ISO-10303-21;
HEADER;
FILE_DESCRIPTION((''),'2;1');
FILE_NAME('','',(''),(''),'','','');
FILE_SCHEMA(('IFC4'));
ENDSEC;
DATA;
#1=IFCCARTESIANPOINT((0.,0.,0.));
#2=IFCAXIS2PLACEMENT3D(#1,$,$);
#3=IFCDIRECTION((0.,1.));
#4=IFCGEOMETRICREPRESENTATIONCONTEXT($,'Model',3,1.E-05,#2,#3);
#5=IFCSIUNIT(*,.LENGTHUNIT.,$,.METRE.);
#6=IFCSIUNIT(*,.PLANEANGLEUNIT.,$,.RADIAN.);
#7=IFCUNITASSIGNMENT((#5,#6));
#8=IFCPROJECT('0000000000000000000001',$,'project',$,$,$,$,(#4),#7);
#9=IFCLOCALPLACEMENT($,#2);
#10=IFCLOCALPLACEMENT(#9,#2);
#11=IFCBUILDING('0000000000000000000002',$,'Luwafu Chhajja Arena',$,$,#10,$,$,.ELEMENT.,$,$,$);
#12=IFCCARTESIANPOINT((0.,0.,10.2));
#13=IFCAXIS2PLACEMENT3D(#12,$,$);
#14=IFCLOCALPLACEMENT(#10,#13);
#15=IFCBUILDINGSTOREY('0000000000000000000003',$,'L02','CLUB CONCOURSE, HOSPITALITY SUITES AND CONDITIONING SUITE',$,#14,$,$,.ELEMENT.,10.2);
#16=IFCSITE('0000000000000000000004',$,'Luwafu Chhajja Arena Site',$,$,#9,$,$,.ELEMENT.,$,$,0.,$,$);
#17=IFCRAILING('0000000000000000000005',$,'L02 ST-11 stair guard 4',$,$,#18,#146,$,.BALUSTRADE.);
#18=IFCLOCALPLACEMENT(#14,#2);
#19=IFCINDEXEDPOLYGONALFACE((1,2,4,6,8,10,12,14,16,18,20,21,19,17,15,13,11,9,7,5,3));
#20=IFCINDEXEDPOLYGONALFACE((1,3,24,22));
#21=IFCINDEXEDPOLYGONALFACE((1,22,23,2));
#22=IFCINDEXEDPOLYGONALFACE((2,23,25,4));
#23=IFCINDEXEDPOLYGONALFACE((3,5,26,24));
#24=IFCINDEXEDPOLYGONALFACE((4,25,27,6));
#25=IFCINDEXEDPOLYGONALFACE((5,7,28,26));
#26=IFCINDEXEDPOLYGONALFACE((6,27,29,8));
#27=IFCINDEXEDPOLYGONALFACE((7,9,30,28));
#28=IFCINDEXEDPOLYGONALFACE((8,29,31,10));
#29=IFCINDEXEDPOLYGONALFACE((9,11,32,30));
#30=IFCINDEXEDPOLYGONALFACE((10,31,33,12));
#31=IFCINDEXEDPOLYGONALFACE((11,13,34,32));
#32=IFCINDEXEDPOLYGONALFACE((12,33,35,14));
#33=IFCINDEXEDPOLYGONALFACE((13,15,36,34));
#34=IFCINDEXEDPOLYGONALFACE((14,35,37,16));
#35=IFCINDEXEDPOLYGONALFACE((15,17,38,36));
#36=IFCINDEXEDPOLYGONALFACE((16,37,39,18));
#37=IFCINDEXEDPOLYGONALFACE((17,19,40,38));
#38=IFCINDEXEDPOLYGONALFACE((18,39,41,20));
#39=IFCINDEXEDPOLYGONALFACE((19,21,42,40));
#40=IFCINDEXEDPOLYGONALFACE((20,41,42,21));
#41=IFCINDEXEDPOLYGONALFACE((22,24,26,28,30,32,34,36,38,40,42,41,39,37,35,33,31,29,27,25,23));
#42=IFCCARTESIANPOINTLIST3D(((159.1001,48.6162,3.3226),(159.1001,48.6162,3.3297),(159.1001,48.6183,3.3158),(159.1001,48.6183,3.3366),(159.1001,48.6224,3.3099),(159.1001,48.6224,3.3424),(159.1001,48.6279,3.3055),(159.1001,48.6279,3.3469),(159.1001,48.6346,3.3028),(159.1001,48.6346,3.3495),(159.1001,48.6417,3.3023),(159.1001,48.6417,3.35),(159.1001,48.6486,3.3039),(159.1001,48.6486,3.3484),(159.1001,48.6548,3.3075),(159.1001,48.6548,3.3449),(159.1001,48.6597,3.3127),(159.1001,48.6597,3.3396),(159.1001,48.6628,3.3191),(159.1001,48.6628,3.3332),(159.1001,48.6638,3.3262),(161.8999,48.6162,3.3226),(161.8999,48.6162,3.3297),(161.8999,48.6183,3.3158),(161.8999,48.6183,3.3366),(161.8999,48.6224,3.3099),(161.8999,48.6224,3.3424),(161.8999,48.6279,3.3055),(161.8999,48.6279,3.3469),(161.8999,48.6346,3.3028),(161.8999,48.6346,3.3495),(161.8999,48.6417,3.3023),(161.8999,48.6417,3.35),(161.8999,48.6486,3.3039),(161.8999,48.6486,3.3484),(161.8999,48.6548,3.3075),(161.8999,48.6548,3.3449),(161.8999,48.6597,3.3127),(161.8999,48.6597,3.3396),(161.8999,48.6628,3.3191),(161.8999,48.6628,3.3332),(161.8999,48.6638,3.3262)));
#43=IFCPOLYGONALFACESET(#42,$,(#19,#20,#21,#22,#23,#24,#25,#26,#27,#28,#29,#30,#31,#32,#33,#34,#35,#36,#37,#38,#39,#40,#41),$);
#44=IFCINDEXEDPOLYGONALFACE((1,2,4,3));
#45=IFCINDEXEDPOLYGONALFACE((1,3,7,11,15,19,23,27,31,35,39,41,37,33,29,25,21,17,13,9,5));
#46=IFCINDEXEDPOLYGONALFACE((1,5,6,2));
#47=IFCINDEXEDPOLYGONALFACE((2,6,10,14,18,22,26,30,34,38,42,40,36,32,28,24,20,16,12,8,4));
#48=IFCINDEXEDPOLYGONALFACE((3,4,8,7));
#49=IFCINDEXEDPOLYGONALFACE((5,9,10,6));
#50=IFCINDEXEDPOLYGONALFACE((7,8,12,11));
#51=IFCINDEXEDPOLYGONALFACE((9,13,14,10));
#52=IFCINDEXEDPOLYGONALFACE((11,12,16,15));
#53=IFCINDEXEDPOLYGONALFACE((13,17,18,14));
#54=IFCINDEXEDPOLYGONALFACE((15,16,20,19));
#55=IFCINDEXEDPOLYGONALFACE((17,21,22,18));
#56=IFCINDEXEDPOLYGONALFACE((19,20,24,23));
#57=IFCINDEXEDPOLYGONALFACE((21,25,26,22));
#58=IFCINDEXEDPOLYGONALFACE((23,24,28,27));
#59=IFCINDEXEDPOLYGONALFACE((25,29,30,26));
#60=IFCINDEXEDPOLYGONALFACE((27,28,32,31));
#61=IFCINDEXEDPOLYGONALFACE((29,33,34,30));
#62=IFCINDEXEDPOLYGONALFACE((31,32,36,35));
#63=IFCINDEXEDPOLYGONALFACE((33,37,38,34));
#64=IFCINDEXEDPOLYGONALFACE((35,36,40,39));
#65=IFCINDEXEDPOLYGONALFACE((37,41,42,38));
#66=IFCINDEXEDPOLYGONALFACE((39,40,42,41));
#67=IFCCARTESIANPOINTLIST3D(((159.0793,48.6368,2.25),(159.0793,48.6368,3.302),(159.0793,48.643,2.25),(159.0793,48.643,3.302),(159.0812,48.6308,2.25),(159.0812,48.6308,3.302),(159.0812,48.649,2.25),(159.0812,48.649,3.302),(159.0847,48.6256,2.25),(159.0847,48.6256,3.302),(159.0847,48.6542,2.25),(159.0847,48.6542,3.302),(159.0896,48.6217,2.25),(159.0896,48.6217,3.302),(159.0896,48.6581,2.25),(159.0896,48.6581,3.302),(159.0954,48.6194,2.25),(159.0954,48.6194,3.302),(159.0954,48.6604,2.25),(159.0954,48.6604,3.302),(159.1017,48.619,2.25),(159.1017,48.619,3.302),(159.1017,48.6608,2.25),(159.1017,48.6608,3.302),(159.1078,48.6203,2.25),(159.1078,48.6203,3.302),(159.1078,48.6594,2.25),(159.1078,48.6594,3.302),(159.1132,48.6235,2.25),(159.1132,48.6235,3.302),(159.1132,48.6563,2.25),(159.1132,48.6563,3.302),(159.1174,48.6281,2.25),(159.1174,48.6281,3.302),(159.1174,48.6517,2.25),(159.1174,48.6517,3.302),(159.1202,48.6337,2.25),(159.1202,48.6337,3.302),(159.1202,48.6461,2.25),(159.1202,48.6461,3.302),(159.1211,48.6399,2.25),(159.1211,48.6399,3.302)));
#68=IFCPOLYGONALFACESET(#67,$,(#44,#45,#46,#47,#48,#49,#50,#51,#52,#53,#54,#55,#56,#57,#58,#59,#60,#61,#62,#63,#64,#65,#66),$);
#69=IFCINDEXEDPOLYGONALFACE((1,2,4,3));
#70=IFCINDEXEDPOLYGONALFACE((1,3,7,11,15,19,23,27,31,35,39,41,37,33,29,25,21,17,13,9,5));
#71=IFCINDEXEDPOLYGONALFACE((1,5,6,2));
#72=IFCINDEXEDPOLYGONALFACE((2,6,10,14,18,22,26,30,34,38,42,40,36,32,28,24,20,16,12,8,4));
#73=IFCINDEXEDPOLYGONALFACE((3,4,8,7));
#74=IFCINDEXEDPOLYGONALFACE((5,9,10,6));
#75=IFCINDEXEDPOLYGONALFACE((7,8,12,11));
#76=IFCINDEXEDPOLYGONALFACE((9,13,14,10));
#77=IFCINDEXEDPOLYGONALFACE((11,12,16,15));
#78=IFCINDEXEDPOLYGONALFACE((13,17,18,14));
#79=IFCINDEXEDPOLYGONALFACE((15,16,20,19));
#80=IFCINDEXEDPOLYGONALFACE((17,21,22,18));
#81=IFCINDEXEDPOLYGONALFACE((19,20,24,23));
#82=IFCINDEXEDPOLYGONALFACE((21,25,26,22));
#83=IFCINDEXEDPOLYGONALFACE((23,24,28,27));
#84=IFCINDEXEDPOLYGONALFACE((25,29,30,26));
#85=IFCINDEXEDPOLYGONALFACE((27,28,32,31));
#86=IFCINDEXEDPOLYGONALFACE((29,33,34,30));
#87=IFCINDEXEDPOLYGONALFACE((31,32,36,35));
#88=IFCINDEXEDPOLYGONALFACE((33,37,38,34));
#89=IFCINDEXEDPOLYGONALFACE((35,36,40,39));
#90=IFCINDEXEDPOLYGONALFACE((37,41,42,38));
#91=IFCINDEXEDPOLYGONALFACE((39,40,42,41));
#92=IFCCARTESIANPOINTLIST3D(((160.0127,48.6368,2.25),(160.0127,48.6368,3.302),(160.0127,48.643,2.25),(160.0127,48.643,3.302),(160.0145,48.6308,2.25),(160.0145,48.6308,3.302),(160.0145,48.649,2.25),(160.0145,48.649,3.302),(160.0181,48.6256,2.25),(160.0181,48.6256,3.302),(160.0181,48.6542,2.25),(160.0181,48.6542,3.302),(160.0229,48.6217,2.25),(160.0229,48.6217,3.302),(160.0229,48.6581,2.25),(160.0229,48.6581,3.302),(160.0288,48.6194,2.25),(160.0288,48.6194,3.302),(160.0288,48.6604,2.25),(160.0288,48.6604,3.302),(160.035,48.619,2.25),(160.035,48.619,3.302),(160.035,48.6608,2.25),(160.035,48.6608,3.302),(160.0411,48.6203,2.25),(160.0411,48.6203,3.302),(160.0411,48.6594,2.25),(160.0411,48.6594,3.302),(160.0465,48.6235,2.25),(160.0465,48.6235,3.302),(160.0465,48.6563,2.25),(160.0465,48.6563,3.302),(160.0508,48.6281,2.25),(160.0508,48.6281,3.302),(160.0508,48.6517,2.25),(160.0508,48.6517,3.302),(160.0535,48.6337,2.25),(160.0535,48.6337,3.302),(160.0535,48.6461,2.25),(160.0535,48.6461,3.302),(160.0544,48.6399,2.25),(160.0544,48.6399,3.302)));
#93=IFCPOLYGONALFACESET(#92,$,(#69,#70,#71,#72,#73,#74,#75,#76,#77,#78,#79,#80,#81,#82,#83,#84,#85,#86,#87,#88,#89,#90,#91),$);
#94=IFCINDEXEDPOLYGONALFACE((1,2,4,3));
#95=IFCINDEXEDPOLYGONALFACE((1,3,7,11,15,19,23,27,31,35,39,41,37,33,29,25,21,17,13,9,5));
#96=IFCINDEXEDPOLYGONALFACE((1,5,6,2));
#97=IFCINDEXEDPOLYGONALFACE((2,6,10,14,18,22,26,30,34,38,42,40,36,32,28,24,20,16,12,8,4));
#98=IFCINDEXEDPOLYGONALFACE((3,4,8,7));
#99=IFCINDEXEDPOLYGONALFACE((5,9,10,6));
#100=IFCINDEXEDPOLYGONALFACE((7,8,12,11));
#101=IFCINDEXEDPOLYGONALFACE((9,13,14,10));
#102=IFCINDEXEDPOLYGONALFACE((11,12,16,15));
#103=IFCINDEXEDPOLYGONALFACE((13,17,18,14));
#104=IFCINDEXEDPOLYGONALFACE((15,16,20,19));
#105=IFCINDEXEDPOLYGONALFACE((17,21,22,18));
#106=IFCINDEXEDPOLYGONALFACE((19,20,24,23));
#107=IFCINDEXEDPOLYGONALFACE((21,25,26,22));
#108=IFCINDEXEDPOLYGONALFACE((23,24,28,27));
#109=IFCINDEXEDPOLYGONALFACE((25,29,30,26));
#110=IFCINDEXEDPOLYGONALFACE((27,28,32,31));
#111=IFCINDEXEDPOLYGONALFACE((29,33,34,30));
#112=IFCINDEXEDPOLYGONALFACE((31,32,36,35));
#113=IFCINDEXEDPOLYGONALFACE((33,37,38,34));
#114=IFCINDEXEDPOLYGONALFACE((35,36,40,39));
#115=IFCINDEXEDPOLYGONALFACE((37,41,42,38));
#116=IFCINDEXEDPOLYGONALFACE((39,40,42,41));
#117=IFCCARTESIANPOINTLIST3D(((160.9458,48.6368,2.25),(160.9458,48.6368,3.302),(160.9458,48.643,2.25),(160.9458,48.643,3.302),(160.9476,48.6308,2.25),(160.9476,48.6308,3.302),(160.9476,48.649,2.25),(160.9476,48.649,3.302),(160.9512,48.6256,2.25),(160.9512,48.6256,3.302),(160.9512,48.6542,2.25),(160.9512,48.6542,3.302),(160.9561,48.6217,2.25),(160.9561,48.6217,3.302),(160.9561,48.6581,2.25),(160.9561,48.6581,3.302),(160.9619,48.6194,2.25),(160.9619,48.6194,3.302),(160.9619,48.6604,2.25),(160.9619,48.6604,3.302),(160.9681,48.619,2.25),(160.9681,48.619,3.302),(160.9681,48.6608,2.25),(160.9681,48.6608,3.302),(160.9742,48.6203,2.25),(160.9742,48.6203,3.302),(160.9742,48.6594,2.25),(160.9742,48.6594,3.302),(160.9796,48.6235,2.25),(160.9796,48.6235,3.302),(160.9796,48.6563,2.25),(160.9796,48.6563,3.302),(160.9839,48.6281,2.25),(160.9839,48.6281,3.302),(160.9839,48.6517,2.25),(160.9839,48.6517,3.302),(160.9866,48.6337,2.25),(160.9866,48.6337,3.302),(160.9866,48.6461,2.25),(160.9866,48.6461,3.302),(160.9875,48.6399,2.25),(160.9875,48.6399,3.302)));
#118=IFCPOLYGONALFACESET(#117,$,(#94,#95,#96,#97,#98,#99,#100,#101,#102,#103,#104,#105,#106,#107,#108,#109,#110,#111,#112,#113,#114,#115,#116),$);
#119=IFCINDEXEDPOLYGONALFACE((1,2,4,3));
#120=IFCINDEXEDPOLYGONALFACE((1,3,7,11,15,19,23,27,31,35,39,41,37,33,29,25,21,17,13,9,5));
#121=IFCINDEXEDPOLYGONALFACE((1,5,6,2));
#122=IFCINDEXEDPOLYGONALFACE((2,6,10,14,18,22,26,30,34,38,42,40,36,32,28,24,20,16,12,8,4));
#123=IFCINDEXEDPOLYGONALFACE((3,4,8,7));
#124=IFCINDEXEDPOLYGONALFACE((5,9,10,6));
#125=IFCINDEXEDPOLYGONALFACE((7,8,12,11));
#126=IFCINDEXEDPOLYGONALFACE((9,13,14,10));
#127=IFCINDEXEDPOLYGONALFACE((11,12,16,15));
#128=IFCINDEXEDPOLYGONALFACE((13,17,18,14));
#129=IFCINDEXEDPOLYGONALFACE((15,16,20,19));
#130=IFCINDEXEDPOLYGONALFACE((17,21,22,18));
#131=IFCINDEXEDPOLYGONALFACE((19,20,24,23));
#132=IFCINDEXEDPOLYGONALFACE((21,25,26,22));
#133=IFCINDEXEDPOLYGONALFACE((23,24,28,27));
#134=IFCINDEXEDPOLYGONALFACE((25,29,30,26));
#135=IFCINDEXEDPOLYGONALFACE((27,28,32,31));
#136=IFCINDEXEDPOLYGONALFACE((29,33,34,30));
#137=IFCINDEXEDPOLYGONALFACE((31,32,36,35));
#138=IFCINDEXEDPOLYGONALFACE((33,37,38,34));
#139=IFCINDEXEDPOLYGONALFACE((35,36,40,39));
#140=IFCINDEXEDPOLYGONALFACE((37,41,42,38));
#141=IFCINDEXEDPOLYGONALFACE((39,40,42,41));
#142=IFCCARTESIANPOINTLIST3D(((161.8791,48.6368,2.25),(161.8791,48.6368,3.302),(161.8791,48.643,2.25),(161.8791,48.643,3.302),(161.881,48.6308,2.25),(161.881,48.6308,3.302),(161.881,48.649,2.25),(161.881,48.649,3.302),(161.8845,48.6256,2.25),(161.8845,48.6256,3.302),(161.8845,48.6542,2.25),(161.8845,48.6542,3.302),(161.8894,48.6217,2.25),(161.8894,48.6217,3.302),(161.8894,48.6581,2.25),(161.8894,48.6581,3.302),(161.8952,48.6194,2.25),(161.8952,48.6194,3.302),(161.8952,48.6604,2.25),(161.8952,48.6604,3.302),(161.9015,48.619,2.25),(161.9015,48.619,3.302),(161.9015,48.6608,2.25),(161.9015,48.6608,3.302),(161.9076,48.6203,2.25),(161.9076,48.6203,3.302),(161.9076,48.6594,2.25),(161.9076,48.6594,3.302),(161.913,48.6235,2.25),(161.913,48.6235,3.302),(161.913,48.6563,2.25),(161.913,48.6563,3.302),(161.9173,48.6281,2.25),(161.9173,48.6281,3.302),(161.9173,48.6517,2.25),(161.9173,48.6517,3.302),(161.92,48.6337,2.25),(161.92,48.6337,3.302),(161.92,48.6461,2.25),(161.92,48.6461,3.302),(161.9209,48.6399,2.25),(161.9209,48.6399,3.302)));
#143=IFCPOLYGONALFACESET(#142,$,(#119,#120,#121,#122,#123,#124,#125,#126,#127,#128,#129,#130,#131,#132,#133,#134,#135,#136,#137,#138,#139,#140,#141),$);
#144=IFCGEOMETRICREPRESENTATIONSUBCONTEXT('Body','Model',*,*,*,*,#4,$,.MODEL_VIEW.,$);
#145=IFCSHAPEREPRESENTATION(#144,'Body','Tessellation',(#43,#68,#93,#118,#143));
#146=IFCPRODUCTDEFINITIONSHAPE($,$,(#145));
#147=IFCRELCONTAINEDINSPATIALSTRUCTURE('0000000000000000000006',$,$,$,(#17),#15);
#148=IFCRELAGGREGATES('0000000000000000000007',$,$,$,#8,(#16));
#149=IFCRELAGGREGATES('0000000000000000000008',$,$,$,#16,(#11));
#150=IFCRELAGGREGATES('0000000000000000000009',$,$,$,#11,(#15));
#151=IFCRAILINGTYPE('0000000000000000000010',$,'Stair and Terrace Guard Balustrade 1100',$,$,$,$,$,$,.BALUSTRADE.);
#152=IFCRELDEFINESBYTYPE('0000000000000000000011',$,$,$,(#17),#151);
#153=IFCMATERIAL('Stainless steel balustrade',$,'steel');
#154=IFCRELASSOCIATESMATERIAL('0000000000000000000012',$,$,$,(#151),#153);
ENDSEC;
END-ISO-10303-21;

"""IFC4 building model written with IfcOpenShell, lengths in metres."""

from ifc_helpers import new_model, si_unit, direction, frame, origin, origin_2d, place, context, subcontext, project, spatial, circle, extrude, material, type_object, element, save


model = new_model("IFC4")

# Units and contexts
model_context = context("Model", 3, precision=1e-05, world=origin(), true_north=direction((0.0, 1.0)))
body_context = subcontext(model_context, "Body", "Model", "MODEL_VIEW")
ifc_project = project(units=[si_unit("LENGTHUNIT", "METRE"), si_unit("PLANEANGLEUNIT", "RADIAN")], contexts=[model_context])

# Site, building, storey
site_placement = place(None, origin())
site = spatial("IfcSite", under=ifc_project, at=site_placement, Name="Luwafu Chhajja Arena Site", CompositionType="ELEMENT", RefElevation=0.0)
building_placement = place(site_placement, origin())
building = spatial("IfcBuilding", under=site, at=building_placement, Name="Luwafu Chhajja Arena", CompositionType="ELEMENT")
storey_placement = place(building_placement, frame((0.0, 0.0, 10.2)))
storey = spatial("IfcBuildingStorey", under=building, at=storey_placement, Name="L02", Description="CLUB CONCOURSE, HOSPITALITY SUITES AND CONDITIONING SUITE", CompositionType="ELEMENT", Elevation=10.2)

# Railing
ifc_material_1 = material(Name="Stainless steel balustrade", Category="steel")
railing_type_1 = type_object("IfcRailingType", Name="Stair and Terrace Guard Balustrade 1100", PredefinedType="BALUSTRADE", material=ifc_material_1)
for number, where, name in (
    (1, (159.1001, 48.6399, 2.25), "L02 ST-11 stair guard 4"),
):
    element("IfcRailing", number, at=place(storey_placement, frame(where)), inside=storey, type_object=railing_type_1, Name=name, PredefinedType="BALUSTRADE", context=body_context, shape_type="SweptSolid", body=[
        extrude(circle(Radius=0.0239, at=origin_2d()), frame((0.0, 0.0, 1.0762), z_axis=(1.0, 0.0, 0.0), x_axis=(0.0, 1.0, 0.0)), (0.0, 0.0, 1.0), 2.7998),
        extrude(circle(Radius=0.021, at=origin_2d()), origin(), (0.0, 0.0, 1.0), 1.052),
        extrude(circle(Radius=0.021, at=origin_2d()), frame((0.9333, 0.0, 0.0)), (0.0, 0.0, 1.0), 1.052),
        extrude(circle(Radius=0.021, at=origin_2d()), frame((1.8665, 0.0, 0.0)), (0.0, 0.0, 1.0), 1.052),
        extrude(circle(Radius=0.021, at=origin_2d()), frame((2.7998, 0.0, 0.0)), (0.0, 0.0, 1.0), 1.052),
    ])

save(model, "model.ifc")
